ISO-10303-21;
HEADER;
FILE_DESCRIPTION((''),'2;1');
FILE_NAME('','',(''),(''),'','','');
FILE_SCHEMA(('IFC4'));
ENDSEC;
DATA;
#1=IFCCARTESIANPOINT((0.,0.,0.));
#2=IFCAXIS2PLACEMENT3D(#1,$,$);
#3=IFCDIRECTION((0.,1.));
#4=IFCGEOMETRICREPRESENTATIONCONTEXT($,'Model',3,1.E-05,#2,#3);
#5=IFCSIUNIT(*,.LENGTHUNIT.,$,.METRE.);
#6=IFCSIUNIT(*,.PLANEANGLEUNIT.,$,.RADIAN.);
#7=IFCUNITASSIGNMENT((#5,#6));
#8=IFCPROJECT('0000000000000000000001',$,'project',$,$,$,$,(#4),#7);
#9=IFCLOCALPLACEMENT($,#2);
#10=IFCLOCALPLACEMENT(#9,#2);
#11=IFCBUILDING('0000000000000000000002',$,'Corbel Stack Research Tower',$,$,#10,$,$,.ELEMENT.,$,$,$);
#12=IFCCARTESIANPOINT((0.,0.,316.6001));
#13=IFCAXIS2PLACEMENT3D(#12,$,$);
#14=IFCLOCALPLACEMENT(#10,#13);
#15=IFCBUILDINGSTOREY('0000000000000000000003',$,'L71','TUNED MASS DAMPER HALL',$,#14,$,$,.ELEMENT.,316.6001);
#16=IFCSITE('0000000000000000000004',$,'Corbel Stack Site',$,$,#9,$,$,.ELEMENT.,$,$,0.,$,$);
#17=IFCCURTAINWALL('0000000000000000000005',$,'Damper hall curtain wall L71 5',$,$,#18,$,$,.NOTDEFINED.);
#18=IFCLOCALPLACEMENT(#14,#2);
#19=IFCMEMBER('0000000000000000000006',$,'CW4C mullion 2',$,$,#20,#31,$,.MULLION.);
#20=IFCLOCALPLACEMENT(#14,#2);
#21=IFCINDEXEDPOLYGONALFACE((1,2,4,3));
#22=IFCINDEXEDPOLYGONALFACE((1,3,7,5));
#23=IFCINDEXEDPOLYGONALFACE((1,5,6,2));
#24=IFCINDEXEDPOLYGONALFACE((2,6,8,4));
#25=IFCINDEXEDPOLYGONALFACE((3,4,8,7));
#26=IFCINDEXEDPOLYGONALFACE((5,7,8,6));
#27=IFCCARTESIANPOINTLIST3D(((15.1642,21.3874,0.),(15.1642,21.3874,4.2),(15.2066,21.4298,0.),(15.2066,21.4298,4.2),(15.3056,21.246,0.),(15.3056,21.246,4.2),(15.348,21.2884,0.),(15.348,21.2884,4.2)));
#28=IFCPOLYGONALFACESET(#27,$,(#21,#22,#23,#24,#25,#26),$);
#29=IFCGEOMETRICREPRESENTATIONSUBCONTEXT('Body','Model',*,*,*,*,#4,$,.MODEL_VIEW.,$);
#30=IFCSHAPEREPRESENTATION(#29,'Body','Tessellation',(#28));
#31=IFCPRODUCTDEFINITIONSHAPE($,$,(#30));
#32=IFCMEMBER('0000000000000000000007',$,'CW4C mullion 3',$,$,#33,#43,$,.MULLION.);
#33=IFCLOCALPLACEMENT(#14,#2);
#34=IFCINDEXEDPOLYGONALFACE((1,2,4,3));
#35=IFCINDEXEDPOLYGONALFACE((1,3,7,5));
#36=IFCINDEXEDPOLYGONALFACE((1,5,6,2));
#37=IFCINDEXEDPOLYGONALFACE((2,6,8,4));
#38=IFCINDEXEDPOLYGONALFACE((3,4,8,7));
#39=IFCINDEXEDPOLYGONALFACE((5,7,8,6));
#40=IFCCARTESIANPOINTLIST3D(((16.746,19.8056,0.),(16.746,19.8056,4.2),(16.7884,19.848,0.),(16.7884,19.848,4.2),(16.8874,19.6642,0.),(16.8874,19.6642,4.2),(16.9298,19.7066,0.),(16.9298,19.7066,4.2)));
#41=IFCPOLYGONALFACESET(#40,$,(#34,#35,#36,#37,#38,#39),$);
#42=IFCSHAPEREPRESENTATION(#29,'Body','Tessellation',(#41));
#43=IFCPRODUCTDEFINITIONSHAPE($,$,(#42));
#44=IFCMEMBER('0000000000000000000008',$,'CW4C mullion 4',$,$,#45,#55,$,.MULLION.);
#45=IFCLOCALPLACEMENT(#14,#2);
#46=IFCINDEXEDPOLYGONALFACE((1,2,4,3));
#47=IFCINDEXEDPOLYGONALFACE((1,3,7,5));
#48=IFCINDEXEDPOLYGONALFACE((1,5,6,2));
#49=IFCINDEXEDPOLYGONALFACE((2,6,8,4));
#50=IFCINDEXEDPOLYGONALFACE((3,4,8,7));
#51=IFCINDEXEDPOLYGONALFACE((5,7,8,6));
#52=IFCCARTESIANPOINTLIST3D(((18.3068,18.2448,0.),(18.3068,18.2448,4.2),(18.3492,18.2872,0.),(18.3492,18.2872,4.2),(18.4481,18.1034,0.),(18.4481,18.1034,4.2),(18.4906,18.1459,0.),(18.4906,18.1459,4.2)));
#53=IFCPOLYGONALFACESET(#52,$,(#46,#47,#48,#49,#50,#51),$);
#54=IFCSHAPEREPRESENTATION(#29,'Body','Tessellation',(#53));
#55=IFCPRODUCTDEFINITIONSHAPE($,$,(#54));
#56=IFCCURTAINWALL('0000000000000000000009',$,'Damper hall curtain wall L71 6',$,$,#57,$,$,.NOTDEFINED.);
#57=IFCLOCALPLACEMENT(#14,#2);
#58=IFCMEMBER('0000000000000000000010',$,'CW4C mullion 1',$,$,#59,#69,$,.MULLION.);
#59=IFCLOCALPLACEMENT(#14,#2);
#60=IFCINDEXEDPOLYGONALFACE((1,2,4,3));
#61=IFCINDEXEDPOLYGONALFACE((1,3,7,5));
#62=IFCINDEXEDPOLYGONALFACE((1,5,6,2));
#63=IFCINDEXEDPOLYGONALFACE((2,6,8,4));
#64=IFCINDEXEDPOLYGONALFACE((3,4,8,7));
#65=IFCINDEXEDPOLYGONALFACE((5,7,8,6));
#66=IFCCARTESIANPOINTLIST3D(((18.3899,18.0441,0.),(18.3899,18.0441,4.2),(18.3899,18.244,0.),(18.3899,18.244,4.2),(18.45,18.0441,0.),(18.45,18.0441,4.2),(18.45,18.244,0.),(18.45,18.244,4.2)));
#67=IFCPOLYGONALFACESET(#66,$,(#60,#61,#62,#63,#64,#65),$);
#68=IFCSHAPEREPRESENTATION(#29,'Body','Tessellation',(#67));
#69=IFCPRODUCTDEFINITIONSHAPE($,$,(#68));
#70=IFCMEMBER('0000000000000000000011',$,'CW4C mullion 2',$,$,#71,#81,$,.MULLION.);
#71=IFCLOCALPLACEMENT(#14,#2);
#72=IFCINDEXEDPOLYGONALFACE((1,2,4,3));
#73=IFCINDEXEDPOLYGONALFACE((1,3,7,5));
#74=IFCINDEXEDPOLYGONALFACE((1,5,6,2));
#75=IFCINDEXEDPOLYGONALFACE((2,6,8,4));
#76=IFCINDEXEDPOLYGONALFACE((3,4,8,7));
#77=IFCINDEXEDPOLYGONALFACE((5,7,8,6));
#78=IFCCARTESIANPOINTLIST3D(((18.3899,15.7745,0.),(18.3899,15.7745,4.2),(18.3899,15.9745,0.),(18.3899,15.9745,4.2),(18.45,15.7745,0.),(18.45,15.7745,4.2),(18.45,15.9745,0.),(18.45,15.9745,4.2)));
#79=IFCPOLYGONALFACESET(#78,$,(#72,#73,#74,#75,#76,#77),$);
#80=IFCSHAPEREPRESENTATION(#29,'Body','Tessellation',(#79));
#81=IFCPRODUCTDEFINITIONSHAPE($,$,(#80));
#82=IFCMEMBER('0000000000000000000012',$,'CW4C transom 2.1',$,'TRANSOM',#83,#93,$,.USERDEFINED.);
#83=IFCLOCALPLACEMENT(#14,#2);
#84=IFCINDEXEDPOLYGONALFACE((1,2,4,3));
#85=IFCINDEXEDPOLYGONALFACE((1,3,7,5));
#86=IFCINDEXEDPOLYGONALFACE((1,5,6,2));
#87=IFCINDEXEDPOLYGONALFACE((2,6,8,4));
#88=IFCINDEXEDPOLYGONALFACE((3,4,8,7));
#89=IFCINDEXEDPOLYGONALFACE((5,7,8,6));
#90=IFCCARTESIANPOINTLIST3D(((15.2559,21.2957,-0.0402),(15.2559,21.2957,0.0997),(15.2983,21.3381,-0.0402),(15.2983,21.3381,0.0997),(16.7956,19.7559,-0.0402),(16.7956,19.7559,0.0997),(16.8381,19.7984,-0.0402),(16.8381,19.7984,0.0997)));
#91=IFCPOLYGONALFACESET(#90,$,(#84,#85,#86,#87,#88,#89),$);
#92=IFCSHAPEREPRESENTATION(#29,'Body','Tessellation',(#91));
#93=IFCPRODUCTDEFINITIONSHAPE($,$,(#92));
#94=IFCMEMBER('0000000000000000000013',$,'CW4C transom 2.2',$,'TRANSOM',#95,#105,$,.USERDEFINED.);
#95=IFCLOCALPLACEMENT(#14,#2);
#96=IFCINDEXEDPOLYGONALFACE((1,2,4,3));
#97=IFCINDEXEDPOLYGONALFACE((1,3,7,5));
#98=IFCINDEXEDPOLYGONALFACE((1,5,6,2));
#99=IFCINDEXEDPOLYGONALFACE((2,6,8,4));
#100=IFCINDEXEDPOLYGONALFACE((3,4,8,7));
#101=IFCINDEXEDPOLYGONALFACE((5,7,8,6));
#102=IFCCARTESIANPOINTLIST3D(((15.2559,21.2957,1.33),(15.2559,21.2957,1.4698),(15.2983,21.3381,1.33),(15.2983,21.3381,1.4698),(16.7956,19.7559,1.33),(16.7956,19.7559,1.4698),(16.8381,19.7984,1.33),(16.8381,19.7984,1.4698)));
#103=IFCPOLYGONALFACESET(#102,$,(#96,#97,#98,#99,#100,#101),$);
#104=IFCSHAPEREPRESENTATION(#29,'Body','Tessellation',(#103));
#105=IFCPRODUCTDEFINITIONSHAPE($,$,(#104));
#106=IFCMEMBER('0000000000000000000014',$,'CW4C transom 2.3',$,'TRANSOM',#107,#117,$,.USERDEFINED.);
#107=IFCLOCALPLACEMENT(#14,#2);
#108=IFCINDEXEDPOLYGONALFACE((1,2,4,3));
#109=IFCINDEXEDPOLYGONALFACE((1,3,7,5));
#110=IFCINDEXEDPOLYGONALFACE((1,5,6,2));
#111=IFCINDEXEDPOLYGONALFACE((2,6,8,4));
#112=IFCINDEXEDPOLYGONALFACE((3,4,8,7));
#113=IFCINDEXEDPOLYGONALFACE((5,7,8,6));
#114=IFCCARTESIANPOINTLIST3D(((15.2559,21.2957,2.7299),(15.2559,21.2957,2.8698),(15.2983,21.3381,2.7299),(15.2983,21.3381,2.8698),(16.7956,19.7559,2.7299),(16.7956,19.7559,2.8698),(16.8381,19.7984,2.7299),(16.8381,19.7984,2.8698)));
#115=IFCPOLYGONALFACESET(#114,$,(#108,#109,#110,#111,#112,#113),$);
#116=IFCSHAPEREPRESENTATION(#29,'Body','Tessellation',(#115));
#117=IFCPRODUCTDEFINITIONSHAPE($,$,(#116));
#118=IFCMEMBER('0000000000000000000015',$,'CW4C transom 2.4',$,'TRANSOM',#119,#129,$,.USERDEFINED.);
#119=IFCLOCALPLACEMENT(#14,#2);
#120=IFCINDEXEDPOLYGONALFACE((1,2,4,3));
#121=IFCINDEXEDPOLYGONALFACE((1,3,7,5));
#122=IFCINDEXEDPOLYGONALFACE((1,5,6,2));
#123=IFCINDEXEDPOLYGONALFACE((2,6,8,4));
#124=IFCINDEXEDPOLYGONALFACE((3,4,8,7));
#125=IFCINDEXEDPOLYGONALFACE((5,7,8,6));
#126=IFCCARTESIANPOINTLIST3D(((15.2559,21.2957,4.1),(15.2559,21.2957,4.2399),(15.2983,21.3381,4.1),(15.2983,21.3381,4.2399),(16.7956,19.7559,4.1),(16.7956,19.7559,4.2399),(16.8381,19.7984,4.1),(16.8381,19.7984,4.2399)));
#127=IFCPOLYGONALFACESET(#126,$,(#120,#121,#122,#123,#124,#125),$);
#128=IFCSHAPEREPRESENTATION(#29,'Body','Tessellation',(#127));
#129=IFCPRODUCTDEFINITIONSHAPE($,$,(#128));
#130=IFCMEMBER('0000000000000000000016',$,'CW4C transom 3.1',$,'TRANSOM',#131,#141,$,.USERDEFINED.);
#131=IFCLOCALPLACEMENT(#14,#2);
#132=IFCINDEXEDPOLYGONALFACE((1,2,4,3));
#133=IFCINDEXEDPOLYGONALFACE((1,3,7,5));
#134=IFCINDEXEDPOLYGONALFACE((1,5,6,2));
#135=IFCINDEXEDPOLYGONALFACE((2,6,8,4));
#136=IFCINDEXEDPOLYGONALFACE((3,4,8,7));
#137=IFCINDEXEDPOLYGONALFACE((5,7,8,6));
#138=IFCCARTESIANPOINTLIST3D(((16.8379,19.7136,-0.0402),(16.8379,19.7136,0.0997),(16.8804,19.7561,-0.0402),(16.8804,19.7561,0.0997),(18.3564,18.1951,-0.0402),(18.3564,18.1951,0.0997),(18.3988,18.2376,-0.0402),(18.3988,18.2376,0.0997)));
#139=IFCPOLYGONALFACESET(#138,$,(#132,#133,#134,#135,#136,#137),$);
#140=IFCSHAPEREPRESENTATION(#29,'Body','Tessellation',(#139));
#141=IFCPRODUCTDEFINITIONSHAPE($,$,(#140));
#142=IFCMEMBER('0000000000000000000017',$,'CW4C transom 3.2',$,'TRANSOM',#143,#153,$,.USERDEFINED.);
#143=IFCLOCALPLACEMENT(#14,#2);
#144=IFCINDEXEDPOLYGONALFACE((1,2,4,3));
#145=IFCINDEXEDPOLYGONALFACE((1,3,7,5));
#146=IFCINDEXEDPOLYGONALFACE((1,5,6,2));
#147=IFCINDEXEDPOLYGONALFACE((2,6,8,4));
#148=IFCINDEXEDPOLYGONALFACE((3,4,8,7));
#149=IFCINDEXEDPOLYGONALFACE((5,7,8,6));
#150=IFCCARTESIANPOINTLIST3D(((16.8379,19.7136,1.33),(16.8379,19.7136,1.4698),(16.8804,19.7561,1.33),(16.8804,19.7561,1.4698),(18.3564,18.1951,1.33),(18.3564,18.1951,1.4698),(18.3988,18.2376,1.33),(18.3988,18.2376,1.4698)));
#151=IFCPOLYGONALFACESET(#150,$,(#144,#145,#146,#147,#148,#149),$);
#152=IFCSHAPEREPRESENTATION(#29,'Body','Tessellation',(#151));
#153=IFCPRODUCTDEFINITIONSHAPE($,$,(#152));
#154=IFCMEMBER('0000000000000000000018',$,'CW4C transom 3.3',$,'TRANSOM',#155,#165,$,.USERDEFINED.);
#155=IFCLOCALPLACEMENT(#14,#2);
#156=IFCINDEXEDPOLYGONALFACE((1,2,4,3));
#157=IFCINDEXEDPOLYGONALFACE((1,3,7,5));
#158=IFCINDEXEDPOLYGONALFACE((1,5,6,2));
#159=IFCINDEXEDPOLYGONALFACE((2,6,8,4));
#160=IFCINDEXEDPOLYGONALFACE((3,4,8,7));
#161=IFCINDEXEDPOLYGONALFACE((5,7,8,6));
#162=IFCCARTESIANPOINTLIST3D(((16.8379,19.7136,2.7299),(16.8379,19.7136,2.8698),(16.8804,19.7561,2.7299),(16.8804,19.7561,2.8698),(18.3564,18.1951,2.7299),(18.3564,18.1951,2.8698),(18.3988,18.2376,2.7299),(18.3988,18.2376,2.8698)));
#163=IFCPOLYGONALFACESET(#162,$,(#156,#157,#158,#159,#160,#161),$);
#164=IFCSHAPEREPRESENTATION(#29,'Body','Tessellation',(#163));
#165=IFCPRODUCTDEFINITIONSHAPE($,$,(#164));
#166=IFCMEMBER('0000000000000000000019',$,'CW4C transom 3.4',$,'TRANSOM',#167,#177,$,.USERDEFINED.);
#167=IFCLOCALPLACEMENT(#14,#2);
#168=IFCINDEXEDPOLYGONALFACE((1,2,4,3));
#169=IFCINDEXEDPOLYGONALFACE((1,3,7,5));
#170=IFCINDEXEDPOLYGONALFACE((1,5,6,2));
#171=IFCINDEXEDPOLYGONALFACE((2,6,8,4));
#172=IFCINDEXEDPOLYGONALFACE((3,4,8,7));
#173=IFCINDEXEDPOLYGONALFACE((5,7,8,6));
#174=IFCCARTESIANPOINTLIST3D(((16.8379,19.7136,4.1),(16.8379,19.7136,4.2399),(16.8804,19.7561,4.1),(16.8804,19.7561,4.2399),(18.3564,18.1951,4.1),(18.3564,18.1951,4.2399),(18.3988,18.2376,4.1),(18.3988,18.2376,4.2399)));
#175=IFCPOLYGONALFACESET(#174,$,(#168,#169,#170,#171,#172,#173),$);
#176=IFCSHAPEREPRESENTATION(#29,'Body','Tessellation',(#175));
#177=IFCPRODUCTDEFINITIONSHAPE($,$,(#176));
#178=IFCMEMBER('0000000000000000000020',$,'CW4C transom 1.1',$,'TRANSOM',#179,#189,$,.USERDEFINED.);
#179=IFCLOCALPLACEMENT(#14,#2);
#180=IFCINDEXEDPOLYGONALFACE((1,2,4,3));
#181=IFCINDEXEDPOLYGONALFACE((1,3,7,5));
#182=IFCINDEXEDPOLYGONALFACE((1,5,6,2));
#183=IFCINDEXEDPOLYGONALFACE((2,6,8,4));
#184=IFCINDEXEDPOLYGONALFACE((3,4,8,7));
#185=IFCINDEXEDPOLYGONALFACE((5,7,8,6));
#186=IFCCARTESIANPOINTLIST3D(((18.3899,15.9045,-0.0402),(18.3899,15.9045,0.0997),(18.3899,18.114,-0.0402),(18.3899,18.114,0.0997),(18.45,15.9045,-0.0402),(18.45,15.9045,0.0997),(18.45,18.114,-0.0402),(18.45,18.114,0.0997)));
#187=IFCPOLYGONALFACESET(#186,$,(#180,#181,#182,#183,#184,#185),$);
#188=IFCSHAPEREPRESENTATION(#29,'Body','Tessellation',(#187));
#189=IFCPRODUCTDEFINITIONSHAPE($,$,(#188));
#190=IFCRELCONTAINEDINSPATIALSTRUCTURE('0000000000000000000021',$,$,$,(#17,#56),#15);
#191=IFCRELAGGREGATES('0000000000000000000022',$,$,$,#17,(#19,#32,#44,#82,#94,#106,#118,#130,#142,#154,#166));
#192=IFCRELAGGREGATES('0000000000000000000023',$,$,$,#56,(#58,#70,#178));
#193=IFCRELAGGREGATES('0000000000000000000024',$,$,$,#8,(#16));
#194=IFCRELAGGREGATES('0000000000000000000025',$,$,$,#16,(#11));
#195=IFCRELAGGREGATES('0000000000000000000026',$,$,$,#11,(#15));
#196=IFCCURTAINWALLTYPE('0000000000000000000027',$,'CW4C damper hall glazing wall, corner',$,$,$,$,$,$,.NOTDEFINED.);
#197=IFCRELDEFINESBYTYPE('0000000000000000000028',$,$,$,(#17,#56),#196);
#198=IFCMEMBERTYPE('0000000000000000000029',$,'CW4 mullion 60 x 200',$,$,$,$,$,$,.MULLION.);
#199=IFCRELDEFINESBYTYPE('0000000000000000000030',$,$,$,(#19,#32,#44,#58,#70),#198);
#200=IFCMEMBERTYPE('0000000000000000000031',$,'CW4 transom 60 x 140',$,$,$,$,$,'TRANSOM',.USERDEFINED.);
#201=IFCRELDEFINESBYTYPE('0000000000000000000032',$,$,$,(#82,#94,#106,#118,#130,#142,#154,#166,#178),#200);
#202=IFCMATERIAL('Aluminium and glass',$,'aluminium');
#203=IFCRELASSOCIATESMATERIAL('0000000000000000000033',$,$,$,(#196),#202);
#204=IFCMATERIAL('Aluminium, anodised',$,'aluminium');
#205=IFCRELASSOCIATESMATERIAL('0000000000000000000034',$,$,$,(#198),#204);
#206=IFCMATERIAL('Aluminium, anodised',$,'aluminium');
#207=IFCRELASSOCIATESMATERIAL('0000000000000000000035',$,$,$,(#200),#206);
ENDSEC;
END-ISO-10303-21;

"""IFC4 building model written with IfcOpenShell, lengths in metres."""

from ifc_helpers import new_model, si_unit, direction, frame, origin, origin_2d, place, context, subcontext, project, spatial, rectangle, extrude, material, material_profile, profile_set, type_object, element, aggregate, save


model = new_model("IFC4")

# Units and contexts
model_context = context("Model", 3, precision=1e-05, world=origin(), true_north=direction((0.0, 1.0)))
body_context = subcontext(model_context, "Body", "Model", "MODEL_VIEW")
ifc_project = project(units=[si_unit("LENGTHUNIT", "METRE"), si_unit("PLANEANGLEUNIT", "RADIAN")], contexts=[model_context])

# Site, building, storey
site_placement = place(None, origin())
site = spatial("IfcSite", under=ifc_project, at=site_placement, Name="Corbel Stack Site", CompositionType="ELEMENT", RefElevation=0.0)
building_placement = place(site_placement, origin())
building = spatial("IfcBuilding", under=site, at=building_placement, Name="Corbel Stack Research Tower", CompositionType="ELEMENT")
storey_placement = place(building_placement, frame((0.0, 0.0, 316.6001)))
storey = spatial("IfcBuildingStorey", under=building, at=storey_placement, Name="L71", Description="TUNED MASS DAMPER HALL", CompositionType="ELEMENT", Elevation=316.6001)

# Curtain walls, members
ifc_material_1 = material(Name="Aluminium and glass", Category="aluminium")
curtain_wall_type = type_object("IfcCurtainWallType", Name="CW4C damper hall glazing wall, corner", PredefinedType="NOTDEFINED", material=ifc_material_1)
curtain_wall_1_placement = place(storey_placement, origin())
curtain_wall_1 = element("IfcCurtainWall", 1, at=curtain_wall_1_placement, inside=storey, type_object=curtain_wall_type, Name="Damper hall curtain wall L71 5", PredefinedType="NOTDEFINED")
ifc_material_2 = material(Name="Aluminium, anodised", Category="aluminium")
ifc_material_profile_1 = material_profile(ifc_material_2, rectangle(XDim=0.0601, YDim=0.2, at=origin_2d()), Name="CW4 mullion 60 x 200")
ifc_profile_set_1 = profile_set([ifc_material_profile_1], Name="Aluminium, anodised")
member_type_1 = type_object("IfcMemberType", Name="CW4 mullion 60 x 200", PredefinedType="MULLION", material=ifc_profile_set_1)
member_1_placement = place(storey_placement, frame((15.2561, 21.3379, 0.0), z_axis=(0.0, 0.0, 1.0), x_axis=(0.707107, 0.707107, 0.0)))
member_1 = element("IfcMember", 2, at=member_1_placement, type_object=member_type_1, Name="CW4C mullion 2", PredefinedType="MULLION", context=body_context, shape_type="SweptSolid", body=[
    extrude(rectangle(XDim=0.0601, YDim=0.2, at=origin_2d()), origin(), (0.0, 0.0, 1.0), 4.2),
])
member_2_placement = place(storey_placement, frame((16.8379, 19.7561, 0.0), z_axis=(0.0, 0.0, 1.0), x_axis=(0.707107, 0.707107, 0.0)))
member_2 = element("IfcMember", 3, at=member_2_placement, type_object=member_type_1, Name="CW4C mullion 3", PredefinedType="MULLION", context=body_context, shape_type="SweptSolid", body=[
    extrude(rectangle(XDim=0.0601, YDim=0.2, at=origin_2d()), origin(), (0.0, 0.0, 1.0), 4.2),
])
member_3_placement = place(storey_placement, frame((18.3987, 18.1953, 0.0), z_axis=(0.0, 0.0, 1.0), x_axis=(0.707107, 0.707107, 0.0)))
member_3 = element("IfcMember", 4, at=member_3_placement, type_object=member_type_1, Name="CW4C mullion 4", PredefinedType="MULLION", context=body_context, shape_type="SweptSolid", body=[
    extrude(rectangle(XDim=0.0601, YDim=0.2, at=origin_2d()), origin(), (0.0, 0.0, 1.0), 4.2),
])
curtain_wall_2_placement = place(storey_placement, origin())
curtain_wall_2 = element("IfcCurtainWall", 5, at=curtain_wall_2_placement, inside=storey, type_object=curtain_wall_type, Name="Damper hall curtain wall L71 6", PredefinedType="NOTDEFINED")
member_4_placement = place(storey_placement, frame((18.4199, 18.144, 0.0), z_axis=(0.0, 0.0, 1.0), x_axis=(1.0, 0.0, 0.0)))
member_4 = element("IfcMember", 6, at=member_4_placement, type_object=member_type_1, Name="CW4C mullion 1", PredefinedType="MULLION", context=body_context, shape_type="SweptSolid", body=[
    extrude(rectangle(XDim=0.0601, YDim=0.2, at=origin_2d()), origin(), (0.0, 0.0, 1.0), 4.2),
])
member_5_placement = place(storey_placement, frame((18.4199, 15.8745, 0.0), z_axis=(0.0, 0.0, 1.0), x_axis=(1.0, 0.0, 0.0)))
member_5 = element("IfcMember", 7, at=member_5_placement, type_object=member_type_1, Name="CW4C mullion 2", PredefinedType="MULLION", context=body_context, shape_type="SweptSolid", body=[
    extrude(rectangle(XDim=0.0601, YDim=0.2, at=origin_2d()), origin(), (0.0, 0.0, 1.0), 4.2),
])

# Members
ifc_material_3 = material(Name="Aluminium, anodised", Category="aluminium")
ifc_material_profile_2 = material_profile(ifc_material_3, rectangle(XDim=0.0601, YDim=0.1399, at=origin_2d()), Name="CW4 transom 60 x 140")
ifc_profile_set_2 = profile_set([ifc_material_profile_2], Name="Aluminium, anodised")
member_type_2 = type_object("IfcMemberType", Name="CW4 transom 60 x 140", ElementType="TRANSOM", PredefinedType="USERDEFINED", material=ifc_profile_set_2)
member_6_placement = place(storey_placement, frame((15.2771, 21.3169, 0.0298), z_axis=(0.707107, -0.707107, 0.0), x_axis=(0.707107, 0.707107, 0.0)))
member_6 = element("IfcMember", 8, at=member_6_placement, type_object=member_type_2, Name="CW4C transom 2.1", ObjectType="TRANSOM", PredefinedType="USERDEFINED", context=body_context, shape_type="SweptSolid", body=[
    extrude(rectangle(XDim=0.0601, YDim=0.1399, at=origin_2d()), origin(), (0.0, 0.0, 1.0), 2.1775),
])
member_7_placement = place(storey_placement, frame((15.2771, 21.3169, 1.3999), z_axis=(0.707107, -0.707107, 0.0), x_axis=(0.707107, 0.707107, 0.0)))
member_7 = element("IfcMember", 9, at=member_7_placement, type_object=member_type_2, Name="CW4C transom 2.2", ObjectType="TRANSOM", PredefinedType="USERDEFINED", context=body_context, shape_type="SweptSolid", body=[
    extrude(rectangle(XDim=0.0601, YDim=0.1399, at=origin_2d()), origin(), (0.0, 0.0, 1.0), 2.1775),
])
member_8_placement = place(storey_placement, frame((15.2771, 21.3169, 2.7998), z_axis=(0.707107, -0.707107, 0.0), x_axis=(0.707107, 0.707107, 0.0)))
member_8 = element("IfcMember", 10, at=member_8_placement, type_object=member_type_2, Name="CW4C transom 2.3", ObjectType="TRANSOM", PredefinedType="USERDEFINED", context=body_context, shape_type="SweptSolid", body=[
    extrude(rectangle(XDim=0.0601, YDim=0.1399, at=origin_2d()), origin(), (0.0, 0.0, 1.0), 2.1775),
])
member_9_placement = place(storey_placement, frame((15.2771, 21.3169, 4.1699), z_axis=(0.707107, -0.707107, 0.0), x_axis=(0.707107, 0.707107, 0.0)))
member_9 = element("IfcMember", 11, at=member_9_placement, type_object=member_type_2, Name="CW4C transom 2.4", ObjectType="TRANSOM", PredefinedType="USERDEFINED", context=body_context, shape_type="SweptSolid", body=[
    extrude(rectangle(XDim=0.0601, YDim=0.1399, at=origin_2d()), origin(), (0.0, 0.0, 1.0), 2.1775),
])
member_10_placement = place(storey_placement, frame((16.8591, 19.7349, 0.0298), z_axis=(0.707107, -0.707107, 0.0), x_axis=(0.707107, 0.707107, 0.0)))
member_10 = element("IfcMember", 12, at=member_10_placement, type_object=member_type_2, Name="CW4C transom 3.1", ObjectType="TRANSOM", PredefinedType="USERDEFINED", context=body_context, shape_type="SweptSolid", body=[
    extrude(rectangle(XDim=0.0601, YDim=0.1399, at=origin_2d()), origin(), (0.0, 0.0, 1.0), 2.1475),
])
member_11_placement = place(storey_placement, frame((16.8591, 19.7349, 1.3999), z_axis=(0.707107, -0.707107, 0.0), x_axis=(0.707107, 0.707107, 0.0)))
member_11 = element("IfcMember", 13, at=member_11_placement, type_object=member_type_2, Name="CW4C transom 3.2", ObjectType="TRANSOM", PredefinedType="USERDEFINED", context=body_context, shape_type="SweptSolid", body=[
    extrude(rectangle(XDim=0.0601, YDim=0.1399, at=origin_2d()), origin(), (0.0, 0.0, 1.0), 2.1475),
])
member_12_placement = place(storey_placement, frame((16.8591, 19.7349, 2.7998), z_axis=(0.707107, -0.707107, 0.0), x_axis=(0.707107, 0.707107, 0.0)))
member_12 = element("IfcMember", 14, at=member_12_placement, type_object=member_type_2, Name="CW4C transom 3.3", ObjectType="TRANSOM", PredefinedType="USERDEFINED", context=body_context, shape_type="SweptSolid", body=[
    extrude(rectangle(XDim=0.0601, YDim=0.1399, at=origin_2d()), origin(), (0.0, 0.0, 1.0), 2.1475),
])
member_13_placement = place(storey_placement, frame((16.8591, 19.7349, 4.1699), z_axis=(0.707107, -0.707107, 0.0), x_axis=(0.707107, 0.707107, 0.0)))
member_13 = element("IfcMember", 15, at=member_13_placement, type_object=member_type_2, Name="CW4C transom 3.4", ObjectType="TRANSOM", PredefinedType="USERDEFINED", context=body_context, shape_type="SweptSolid", body=[
    extrude(rectangle(XDim=0.0601, YDim=0.1399, at=origin_2d()), origin(), (0.0, 0.0, 1.0), 2.1475),
])
member_14_placement = place(storey_placement, frame((18.4199, 18.114, 0.0298), z_axis=(0.0, -1.0, 0.0), x_axis=(1.0, 0.0, 0.0)))
member_14 = element("IfcMember", 16, at=member_14_placement, type_object=member_type_2, Name="CW4C transom 1.1", ObjectType="TRANSOM", PredefinedType="USERDEFINED", context=body_context, shape_type="SweptSolid", body=[
    extrude(rectangle(XDim=0.0601, YDim=0.1399, at=origin_2d()), origin(), (0.0, 0.0, 1.0), 2.2095),
])

aggregate(curtain_wall_1, [member_1, member_2, member_3, member_6, member_7, member_8, member_9, member_10, member_11, member_12, member_13])
aggregate(curtain_wall_2, [member_4, member_5, member_14])

save(model, "model.ifc")
